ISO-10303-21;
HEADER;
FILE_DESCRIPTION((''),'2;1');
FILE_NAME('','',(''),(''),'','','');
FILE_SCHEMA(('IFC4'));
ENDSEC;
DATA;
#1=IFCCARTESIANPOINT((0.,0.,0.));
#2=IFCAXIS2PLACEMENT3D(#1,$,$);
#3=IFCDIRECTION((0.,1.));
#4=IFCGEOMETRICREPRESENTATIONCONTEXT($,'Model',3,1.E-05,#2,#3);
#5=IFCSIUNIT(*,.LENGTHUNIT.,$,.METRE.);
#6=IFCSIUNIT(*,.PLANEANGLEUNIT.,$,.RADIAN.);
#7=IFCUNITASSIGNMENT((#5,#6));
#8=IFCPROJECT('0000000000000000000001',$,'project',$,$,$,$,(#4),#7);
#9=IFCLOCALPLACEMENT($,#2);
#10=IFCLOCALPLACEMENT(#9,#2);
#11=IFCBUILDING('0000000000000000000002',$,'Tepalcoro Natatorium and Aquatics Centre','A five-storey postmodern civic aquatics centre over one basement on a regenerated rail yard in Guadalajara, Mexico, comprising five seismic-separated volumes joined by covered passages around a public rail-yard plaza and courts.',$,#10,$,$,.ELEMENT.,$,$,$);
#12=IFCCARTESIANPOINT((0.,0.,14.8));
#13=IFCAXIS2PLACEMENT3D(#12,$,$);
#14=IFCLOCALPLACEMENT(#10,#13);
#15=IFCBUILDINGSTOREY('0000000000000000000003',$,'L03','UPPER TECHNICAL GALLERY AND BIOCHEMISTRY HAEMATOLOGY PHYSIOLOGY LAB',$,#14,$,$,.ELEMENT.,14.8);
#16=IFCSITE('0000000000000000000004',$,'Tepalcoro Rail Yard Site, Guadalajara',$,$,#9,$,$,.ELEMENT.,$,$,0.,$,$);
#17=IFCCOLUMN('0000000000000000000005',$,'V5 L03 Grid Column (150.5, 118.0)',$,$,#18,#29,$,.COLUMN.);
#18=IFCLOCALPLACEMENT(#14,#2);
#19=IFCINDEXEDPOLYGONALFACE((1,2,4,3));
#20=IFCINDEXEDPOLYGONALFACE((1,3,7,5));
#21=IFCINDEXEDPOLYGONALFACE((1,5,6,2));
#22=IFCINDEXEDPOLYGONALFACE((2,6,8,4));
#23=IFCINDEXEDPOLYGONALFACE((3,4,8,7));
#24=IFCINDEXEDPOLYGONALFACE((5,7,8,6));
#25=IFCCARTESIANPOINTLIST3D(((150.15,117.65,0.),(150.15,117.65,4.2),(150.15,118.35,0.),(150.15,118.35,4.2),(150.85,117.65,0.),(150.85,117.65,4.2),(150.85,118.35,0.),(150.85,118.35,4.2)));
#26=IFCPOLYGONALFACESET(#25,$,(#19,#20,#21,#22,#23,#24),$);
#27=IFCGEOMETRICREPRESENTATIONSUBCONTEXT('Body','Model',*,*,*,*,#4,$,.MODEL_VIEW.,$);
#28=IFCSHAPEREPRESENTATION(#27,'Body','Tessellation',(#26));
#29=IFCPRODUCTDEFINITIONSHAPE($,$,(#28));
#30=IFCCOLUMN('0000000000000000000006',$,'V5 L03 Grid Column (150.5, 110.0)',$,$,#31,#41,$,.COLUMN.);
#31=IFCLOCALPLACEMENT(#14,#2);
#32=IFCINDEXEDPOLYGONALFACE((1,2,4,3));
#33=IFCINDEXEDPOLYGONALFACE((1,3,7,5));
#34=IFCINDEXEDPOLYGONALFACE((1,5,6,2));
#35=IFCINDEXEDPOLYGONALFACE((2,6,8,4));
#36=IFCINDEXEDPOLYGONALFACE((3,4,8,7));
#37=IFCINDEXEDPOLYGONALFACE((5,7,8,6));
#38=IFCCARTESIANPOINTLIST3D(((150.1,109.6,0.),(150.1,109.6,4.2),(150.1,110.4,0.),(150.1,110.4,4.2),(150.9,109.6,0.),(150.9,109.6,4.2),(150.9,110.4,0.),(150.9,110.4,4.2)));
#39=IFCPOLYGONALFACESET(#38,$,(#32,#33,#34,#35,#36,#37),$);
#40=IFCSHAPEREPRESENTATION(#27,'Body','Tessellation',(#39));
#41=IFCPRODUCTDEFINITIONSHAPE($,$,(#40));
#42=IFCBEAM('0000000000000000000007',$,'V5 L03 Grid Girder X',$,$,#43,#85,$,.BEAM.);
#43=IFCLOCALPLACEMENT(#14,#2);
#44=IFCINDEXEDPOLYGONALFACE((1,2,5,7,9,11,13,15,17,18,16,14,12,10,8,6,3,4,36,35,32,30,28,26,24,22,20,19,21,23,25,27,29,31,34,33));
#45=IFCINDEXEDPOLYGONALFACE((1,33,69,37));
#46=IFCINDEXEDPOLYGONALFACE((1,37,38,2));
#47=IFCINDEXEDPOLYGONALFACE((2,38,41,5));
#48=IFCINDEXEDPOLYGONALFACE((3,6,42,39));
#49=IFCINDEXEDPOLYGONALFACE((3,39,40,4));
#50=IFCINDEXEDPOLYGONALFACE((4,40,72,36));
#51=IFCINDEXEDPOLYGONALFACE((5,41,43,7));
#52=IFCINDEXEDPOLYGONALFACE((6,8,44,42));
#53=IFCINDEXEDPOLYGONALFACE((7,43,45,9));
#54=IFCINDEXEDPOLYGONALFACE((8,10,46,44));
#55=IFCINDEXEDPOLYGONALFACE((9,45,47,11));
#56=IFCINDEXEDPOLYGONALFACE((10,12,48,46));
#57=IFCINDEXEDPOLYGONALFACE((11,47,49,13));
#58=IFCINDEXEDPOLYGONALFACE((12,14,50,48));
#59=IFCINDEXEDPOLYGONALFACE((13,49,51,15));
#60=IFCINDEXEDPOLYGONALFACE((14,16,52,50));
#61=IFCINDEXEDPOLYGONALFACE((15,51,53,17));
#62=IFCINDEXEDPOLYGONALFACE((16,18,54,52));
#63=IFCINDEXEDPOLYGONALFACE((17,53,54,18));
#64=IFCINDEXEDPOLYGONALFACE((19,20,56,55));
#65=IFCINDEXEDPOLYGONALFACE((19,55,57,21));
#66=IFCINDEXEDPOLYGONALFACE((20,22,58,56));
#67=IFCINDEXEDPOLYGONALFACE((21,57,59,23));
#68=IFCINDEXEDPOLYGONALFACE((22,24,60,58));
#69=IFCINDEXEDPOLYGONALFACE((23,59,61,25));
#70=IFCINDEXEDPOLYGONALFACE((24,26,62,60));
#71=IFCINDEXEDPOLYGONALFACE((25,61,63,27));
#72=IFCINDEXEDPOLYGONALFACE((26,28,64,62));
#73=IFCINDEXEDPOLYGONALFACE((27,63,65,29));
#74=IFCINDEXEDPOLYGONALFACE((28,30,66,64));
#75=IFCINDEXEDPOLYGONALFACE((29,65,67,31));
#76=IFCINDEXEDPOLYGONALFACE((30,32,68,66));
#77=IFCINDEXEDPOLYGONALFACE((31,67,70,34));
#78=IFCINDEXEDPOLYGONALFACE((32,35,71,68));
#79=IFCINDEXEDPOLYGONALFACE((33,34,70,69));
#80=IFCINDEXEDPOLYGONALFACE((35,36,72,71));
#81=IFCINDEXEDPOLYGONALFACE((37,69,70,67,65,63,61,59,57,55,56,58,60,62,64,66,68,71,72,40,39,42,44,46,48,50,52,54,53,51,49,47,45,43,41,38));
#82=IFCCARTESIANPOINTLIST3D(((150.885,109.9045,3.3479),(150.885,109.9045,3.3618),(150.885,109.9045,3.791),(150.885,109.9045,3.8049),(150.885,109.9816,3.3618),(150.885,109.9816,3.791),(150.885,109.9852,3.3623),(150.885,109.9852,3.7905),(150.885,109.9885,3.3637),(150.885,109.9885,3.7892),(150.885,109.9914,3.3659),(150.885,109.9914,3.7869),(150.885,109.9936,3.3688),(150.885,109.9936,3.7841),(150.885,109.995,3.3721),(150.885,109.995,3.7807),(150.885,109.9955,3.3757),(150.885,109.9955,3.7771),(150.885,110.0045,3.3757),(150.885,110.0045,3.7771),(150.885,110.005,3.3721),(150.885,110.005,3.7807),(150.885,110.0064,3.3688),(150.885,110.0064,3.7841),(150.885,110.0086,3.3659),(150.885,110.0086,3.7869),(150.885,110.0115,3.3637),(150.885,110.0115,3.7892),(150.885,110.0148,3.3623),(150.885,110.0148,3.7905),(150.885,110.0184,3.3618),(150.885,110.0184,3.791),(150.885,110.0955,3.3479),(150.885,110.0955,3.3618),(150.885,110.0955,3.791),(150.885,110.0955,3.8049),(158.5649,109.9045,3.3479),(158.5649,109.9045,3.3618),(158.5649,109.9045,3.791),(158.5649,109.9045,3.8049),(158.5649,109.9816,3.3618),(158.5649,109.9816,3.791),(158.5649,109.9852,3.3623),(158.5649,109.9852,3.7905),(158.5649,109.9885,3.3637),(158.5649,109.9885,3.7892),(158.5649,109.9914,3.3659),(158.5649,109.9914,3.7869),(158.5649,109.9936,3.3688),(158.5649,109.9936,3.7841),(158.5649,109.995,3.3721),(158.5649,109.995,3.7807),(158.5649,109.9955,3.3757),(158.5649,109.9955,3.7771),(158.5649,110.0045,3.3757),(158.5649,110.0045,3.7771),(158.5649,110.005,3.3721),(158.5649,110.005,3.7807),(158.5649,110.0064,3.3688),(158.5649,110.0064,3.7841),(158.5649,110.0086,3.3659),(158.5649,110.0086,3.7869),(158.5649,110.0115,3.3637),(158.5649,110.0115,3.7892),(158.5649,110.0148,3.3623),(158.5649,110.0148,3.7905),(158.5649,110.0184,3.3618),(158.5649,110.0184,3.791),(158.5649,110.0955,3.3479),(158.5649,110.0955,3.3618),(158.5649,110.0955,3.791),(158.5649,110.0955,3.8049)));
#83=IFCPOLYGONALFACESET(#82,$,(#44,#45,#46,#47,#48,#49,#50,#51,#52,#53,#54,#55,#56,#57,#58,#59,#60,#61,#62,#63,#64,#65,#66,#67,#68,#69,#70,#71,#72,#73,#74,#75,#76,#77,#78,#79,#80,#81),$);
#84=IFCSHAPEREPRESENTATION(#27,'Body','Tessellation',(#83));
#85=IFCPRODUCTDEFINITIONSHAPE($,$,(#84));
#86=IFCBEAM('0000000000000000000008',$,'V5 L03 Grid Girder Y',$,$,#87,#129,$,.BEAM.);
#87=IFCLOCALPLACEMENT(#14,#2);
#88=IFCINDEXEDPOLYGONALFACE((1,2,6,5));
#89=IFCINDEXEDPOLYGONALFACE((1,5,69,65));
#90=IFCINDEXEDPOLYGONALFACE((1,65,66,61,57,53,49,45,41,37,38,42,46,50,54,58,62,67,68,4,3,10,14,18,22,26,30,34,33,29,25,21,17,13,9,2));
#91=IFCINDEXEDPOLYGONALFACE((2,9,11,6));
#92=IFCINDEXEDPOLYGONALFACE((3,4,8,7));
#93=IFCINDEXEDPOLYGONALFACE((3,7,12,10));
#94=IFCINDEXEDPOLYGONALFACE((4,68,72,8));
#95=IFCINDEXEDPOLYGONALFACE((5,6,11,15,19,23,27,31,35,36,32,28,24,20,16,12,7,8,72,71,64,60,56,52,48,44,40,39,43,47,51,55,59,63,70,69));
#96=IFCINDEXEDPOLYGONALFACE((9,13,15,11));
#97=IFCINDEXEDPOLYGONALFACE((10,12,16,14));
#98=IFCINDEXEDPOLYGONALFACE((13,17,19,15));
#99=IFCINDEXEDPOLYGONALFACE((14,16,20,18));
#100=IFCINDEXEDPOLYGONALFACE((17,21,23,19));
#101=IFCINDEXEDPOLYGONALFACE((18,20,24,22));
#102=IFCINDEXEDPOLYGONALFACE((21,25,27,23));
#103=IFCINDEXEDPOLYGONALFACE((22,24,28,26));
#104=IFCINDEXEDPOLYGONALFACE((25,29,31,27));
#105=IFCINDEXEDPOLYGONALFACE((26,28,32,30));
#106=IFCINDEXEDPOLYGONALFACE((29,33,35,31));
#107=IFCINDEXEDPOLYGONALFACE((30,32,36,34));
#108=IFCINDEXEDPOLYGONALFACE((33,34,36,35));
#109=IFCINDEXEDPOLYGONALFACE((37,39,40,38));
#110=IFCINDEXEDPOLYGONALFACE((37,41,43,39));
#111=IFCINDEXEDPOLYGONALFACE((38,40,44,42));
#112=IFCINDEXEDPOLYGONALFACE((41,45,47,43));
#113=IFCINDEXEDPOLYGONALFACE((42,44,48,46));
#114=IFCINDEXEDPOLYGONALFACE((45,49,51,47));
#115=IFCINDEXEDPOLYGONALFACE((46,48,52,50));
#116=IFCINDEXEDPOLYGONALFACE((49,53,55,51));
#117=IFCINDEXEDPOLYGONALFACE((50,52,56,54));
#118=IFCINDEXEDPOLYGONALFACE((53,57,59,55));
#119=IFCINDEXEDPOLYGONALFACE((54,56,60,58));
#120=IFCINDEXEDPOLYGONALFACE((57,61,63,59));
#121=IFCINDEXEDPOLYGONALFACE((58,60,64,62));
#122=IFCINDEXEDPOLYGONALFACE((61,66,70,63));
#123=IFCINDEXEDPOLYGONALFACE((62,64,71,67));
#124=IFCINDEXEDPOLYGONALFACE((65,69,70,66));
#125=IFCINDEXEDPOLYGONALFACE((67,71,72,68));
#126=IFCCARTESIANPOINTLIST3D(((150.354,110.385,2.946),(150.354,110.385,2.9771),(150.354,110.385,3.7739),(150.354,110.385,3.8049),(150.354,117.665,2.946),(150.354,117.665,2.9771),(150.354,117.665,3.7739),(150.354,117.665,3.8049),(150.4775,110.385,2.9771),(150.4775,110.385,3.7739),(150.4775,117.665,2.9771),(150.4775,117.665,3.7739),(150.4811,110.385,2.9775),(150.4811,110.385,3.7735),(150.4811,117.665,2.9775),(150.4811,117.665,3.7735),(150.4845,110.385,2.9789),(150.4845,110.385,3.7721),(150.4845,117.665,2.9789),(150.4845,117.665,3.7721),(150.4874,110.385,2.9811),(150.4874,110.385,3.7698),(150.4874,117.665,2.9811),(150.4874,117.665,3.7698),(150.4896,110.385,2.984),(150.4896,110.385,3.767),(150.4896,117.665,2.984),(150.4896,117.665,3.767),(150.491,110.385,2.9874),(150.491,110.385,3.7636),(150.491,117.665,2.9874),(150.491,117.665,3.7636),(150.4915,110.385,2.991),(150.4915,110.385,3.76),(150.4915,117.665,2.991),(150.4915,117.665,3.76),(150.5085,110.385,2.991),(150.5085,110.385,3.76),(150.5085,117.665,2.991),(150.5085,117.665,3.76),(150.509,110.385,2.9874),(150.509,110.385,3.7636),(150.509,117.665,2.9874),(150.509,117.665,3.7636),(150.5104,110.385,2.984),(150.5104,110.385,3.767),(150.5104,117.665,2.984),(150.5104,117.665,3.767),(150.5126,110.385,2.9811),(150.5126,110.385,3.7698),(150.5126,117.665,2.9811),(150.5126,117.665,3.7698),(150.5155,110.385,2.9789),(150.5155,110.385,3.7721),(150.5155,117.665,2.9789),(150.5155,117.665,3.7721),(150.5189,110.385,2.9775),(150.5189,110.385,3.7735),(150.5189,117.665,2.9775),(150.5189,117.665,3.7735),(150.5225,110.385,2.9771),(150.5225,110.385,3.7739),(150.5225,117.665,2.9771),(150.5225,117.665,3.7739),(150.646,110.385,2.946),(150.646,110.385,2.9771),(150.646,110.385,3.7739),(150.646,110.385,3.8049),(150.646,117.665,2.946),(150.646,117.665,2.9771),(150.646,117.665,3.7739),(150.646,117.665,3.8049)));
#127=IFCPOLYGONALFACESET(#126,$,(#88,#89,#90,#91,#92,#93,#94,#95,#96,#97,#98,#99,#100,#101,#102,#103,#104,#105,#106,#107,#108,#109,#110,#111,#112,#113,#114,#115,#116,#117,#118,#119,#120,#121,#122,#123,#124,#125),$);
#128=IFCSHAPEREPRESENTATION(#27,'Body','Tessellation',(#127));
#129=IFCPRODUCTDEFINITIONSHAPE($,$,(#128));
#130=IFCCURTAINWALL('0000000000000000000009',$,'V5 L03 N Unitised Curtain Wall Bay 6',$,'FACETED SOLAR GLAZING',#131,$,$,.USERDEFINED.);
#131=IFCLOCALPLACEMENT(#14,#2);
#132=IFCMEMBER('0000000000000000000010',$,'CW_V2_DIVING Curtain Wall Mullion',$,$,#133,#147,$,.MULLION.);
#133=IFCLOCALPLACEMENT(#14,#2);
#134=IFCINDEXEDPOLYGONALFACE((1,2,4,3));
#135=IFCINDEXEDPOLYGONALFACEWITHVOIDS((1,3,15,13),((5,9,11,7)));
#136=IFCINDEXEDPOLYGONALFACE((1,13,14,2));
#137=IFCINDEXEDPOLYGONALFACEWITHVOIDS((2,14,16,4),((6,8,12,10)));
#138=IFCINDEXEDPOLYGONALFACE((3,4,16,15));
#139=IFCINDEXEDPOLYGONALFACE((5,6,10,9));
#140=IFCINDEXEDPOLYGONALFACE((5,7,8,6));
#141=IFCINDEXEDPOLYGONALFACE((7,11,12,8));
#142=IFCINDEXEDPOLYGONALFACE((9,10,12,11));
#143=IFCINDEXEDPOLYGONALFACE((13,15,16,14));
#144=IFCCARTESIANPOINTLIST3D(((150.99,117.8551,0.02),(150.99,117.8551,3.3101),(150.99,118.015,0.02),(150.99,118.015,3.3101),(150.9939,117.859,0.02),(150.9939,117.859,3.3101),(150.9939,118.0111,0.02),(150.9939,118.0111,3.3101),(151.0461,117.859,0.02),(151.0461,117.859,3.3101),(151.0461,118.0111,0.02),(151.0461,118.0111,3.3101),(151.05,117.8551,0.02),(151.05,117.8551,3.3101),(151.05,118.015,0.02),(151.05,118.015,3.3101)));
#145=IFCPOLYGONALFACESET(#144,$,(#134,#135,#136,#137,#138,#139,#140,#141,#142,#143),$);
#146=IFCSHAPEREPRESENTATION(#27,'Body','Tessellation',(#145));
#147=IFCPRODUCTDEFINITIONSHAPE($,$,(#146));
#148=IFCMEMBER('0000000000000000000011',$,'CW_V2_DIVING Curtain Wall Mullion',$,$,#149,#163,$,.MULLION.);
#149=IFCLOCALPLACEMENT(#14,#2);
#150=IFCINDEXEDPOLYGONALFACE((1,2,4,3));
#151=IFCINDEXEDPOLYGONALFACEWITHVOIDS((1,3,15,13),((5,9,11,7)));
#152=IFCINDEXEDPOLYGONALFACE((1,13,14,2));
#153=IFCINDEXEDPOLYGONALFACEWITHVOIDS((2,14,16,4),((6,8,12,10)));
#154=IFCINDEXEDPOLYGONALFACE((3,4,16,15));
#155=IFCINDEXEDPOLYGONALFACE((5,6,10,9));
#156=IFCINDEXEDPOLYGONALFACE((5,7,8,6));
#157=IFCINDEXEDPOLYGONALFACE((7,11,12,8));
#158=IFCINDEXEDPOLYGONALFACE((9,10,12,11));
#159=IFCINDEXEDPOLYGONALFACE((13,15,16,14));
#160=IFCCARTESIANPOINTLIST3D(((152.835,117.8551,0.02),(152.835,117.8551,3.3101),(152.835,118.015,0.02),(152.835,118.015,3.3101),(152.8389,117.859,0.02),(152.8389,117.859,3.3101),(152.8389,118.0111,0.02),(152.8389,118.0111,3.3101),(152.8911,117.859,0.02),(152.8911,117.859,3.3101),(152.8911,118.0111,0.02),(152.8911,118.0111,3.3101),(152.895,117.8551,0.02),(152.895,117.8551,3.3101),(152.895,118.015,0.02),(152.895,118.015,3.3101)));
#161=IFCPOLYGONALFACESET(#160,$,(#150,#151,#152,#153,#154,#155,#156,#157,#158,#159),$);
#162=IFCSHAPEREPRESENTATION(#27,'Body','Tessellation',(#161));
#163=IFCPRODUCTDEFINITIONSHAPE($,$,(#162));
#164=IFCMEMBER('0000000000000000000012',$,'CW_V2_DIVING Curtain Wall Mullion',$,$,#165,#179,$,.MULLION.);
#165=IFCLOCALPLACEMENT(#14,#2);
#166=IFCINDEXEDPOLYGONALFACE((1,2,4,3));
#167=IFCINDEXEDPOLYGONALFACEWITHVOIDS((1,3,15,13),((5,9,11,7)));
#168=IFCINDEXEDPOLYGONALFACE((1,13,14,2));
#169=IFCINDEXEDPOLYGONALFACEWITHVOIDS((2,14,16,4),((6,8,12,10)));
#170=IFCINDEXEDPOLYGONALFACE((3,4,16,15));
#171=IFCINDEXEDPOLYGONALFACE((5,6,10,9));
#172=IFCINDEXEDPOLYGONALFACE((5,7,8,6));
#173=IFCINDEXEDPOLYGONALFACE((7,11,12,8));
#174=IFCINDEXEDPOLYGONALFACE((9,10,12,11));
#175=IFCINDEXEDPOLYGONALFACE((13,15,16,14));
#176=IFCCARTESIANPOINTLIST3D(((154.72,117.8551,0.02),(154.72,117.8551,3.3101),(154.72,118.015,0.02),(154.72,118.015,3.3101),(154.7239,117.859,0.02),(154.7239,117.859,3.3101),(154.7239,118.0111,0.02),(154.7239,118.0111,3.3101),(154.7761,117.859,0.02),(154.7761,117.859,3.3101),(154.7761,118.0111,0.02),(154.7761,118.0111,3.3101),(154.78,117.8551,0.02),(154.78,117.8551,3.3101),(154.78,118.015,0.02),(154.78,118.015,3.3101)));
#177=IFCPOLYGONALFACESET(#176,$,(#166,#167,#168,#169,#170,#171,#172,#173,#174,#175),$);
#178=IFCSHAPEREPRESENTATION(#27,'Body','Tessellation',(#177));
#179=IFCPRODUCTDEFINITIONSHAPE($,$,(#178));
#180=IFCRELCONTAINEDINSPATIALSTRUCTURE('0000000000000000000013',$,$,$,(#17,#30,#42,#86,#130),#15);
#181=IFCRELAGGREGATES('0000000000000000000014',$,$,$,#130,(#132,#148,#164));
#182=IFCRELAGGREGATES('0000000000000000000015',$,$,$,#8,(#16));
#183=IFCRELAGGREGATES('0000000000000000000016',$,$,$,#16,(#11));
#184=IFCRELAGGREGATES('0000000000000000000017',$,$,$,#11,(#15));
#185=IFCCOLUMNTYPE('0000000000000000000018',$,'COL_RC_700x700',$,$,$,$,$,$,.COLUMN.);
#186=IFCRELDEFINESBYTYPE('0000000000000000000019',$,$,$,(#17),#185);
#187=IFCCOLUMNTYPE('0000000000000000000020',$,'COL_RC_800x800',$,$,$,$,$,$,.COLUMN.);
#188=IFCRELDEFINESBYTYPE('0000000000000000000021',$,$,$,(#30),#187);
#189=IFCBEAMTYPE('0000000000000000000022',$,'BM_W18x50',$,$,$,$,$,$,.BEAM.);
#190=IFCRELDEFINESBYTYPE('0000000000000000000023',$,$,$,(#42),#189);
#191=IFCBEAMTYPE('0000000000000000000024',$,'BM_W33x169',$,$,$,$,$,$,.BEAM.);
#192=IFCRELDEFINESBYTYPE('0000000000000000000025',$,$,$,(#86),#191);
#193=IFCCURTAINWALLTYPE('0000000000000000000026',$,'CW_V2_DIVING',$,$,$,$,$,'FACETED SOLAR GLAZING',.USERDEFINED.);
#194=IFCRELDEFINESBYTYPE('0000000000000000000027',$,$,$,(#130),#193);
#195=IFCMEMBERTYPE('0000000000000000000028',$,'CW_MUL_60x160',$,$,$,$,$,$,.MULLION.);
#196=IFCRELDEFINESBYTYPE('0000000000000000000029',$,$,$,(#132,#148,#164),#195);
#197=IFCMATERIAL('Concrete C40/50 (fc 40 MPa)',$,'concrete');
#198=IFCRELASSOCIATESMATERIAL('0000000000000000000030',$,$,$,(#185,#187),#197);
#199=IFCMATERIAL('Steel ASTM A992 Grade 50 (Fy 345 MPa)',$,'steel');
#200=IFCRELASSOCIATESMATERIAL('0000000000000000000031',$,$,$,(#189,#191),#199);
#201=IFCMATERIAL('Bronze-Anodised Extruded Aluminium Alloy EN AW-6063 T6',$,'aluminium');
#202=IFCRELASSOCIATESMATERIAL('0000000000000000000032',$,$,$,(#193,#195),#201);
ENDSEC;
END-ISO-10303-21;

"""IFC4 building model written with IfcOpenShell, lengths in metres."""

from ifc_helpers import new_model, si_unit, direction, frame, origin, origin_2d, place, context, subcontext, project, spatial, rectangle, hollow_rectangle, i_section, extrude, material, material_profile, profile_set, type_object, element, aggregate, save


model = new_model("IFC4")

# Units and contexts
model_context = context("Model", 3, precision=1e-05, world=origin(), true_north=direction((0.0, 1.0)))
body_context = subcontext(model_context, "Body", "Model", "MODEL_VIEW")
ifc_project = project(units=[si_unit("LENGTHUNIT", "METRE"), si_unit("PLANEANGLEUNIT", "RADIAN")], contexts=[model_context])

# Site, building, storey
site_placement = place(None, origin())
site = spatial("IfcSite", under=ifc_project, at=site_placement, Name="Tepalcoro Rail Yard Site, Guadalajara", CompositionType="ELEMENT", RefElevation=0.0)
building_placement = place(site_placement, origin())
building = spatial("IfcBuilding", under=site, at=building_placement, Name="Tepalcoro Natatorium and Aquatics Centre", Description="A five-storey postmodern civic aquatics centre over one basement on a regenerated rail yard in Guadalajara, Mexico, comprising five seismic-separated volumes joined by covered passages around a public rail-yard plaza and courts.", CompositionType="ELEMENT")
storey_placement = place(building_placement, frame((0.0, 0.0, 14.8)))
storey = spatial("IfcBuildingStorey", under=building, at=storey_placement, Name="L03", Description="UPPER TECHNICAL GALLERY AND BIOCHEMISTRY HAEMATOLOGY PHYSIOLOGY LAB", CompositionType="ELEMENT", Elevation=14.8)

# Columns
ifc_material_1 = material(Name="Concrete C40/50 (fc 40 MPa)", Category="concrete")
ifc_material_profile_1 = material_profile(ifc_material_1, rectangle(XDim=0.7, YDim=0.7, at=origin_2d()), Name="RC700x700")
ifc_profile_set_1 = profile_set([ifc_material_profile_1], Name="Concrete C40/50 (fc 40 MPa)")
column_type_1 = type_object("IfcColumnType", Name="COL_RC_700x700", PredefinedType="COLUMN", material=ifc_profile_set_1)
column_1_placement = place(storey_placement, frame((150.5, 118.0, 0.0), z_axis=(0.0, 0.0, 1.0), x_axis=(1.0, 0.0, 0.0)))
element("IfcColumn", 1, at=column_1_placement, inside=storey, type_object=column_type_1, Name="V5 L03 Grid Column (150.5, 118.0)", PredefinedType="COLUMN", context=body_context, shape_type="SweptSolid", body=[
    extrude(rectangle(XDim=0.7, YDim=0.7, at=origin_2d()), origin(), (0.0, 0.0, 1.0), 4.2),
])
ifc_material_profile_2 = material_profile(ifc_material_1, rectangle(XDim=0.8, YDim=0.8, at=origin_2d()), Name="RC800x800")
ifc_profile_set_2 = profile_set([ifc_material_profile_2], Name="Concrete C40/50 (fc 40 MPa)")
column_type_2 = type_object("IfcColumnType", Name="COL_RC_800x800", PredefinedType="COLUMN", material=ifc_profile_set_2)
column_2_placement = place(storey_placement, frame((150.5, 110.0, 0.0), z_axis=(0.0, 0.0, 1.0), x_axis=(1.0, 0.0, 0.0)))
element("IfcColumn", 2, at=column_2_placement, inside=storey, type_object=column_type_2, Name="V5 L03 Grid Column (150.5, 110.0)", PredefinedType="COLUMN", context=body_context, shape_type="SweptSolid", body=[
    extrude(rectangle(XDim=0.8, YDim=0.8, at=origin_2d()), origin(), (0.0, 0.0, 1.0), 4.2),
])

# Beams
ifc_material_2 = material(Name="Steel ASTM A992 Grade 50 (Fy 345 MPa)", Category="steel")
ifc_material_profile_3 = material_profile(ifc_material_2, i_section(OverallWidth=0.1909, OverallDepth=0.457, WebThickness=0.009, FlangeThickness=0.0139, FilletRadius=0.0139, at=origin_2d()), Name="W18X50")
ifc_profile_set_3 = profile_set([ifc_material_profile_3], Name="Steel ASTM A992 Grade 50 (Fy 345 MPa)")
beam_type_1 = type_object("IfcBeamType", Name="BM_W18x50", PredefinedType="BEAM", material=ifc_profile_set_3)
beam_1_placement = place(storey_placement, frame((150.885, 110.0, 3.5764), z_axis=(1.0, 0.0, 0.0), x_axis=(0.0, 1.0, 0.0)))
element("IfcBeam", 3, at=beam_1_placement, inside=storey, type_object=beam_type_1, Name="V5 L03 Grid Girder X", PredefinedType="BEAM", context=body_context, shape_type="SweptSolid", body=[
    extrude(i_section(OverallWidth=0.1909, OverallDepth=0.457, WebThickness=0.009, FlangeThickness=0.0139, FilletRadius=0.0139, at=origin_2d()), origin(), (0.0, 0.0, 1.0), 7.6799),
])
ifc_material_profile_4 = material_profile(ifc_material_2, i_section(OverallWidth=0.292, OverallDepth=0.8589, WebThickness=0.0171, FlangeThickness=0.031, FilletRadius=0.0139, at=origin_2d()), Name="W33X169")
ifc_profile_set_4 = profile_set([ifc_material_profile_4], Name="Steel ASTM A992 Grade 50 (Fy 345 MPa)")
beam_type_2 = type_object("IfcBeamType", Name="BM_W33x169", PredefinedType="BEAM", material=ifc_profile_set_4)
beam_2_placement = place(storey_placement, frame((150.5, 110.385, 3.3755), z_axis=(0.0, 1.0, 0.0), x_axis=(-1.0, 0.0, 0.0)))
element("IfcBeam", 4, at=beam_2_placement, inside=storey, type_object=beam_type_2, Name="V5 L03 Grid Girder Y", PredefinedType="BEAM", context=body_context, shape_type="SweptSolid", body=[
    extrude(i_section(OverallWidth=0.292, OverallDepth=0.8589, WebThickness=0.0171, FlangeThickness=0.031, FilletRadius=0.0139, at=origin_2d()), origin(), (0.0, 0.0, 1.0), 7.28),
])

# Curtain wall, members
ifc_material_3 = material(Name="Bronze-Anodised Extruded Aluminium Alloy EN AW-6063 T6", Category="aluminium")
curtain_wall_type = type_object("IfcCurtainWallType", Name="CW_V2_DIVING", ElementType="FACETED SOLAR GLAZING", PredefinedType="USERDEFINED", material=ifc_material_3)
curtain_wall_placement = place(storey_placement, origin())
curtain_wall = element("IfcCurtainWall", 5, at=curtain_wall_placement, inside=storey, type_object=curtain_wall_type, Name="V5 L03 N Unitised Curtain Wall Bay 6", ObjectType="FACETED SOLAR GLAZING", PredefinedType="USERDEFINED")
ifc_material_profile_5 = material_profile(ifc_material_3, hollow_rectangle(XDim=0.0601, YDim=0.1599, WallThickness=0.0039, at=origin_2d()), Name="AL60X160X4")
ifc_profile_set_5 = profile_set([ifc_material_profile_5], Name="Bronze-Anodised Extruded Aluminium Alloy EN AW-6063 T6")
member_type_1 = type_object("IfcMemberType", Name="CW_MUL_60x160", PredefinedType="MULLION", material=ifc_profile_set_5)
member_1_placement = place(storey_placement, frame((151.02, 117.9351, 0.02), z_axis=(0.0, 0.0, 1.0), x_axis=(1.0, 0.0, 0.0)))
member_1 = element("IfcMember", 6, at=member_1_placement, type_object=member_type_1, Name="CW_V2_DIVING Curtain Wall Mullion", PredefinedType="MULLION", context=body_context, shape_type="SweptSolid", body=[
    extrude(hollow_rectangle(XDim=0.0601, YDim=0.1599, WallThickness=0.0039, at=origin_2d()), origin(), (0.0, 0.0, 1.0), 3.29),
])
member_2_placement = place(storey_placement, frame((152.865, 117.9351, 0.02), z_axis=(0.0, 0.0, 1.0), x_axis=(1.0, 0.0, 0.0)))
member_2 = element("IfcMember", 7, at=member_2_placement, type_object=member_type_1, Name="CW_V2_DIVING Curtain Wall Mullion", PredefinedType="MULLION", context=body_context, shape_type="SweptSolid", body=[
    extrude(hollow_rectangle(XDim=0.0601, YDim=0.1599, WallThickness=0.0039, at=origin_2d()), origin(), (0.0, 0.0, 1.0), 3.29),
])
member_3_placement = place(storey_placement, frame((154.75, 117.9351, 0.02), z_axis=(0.0, 0.0, 1.0), x_axis=(1.0, 0.0, 0.0)))
member_3 = element("IfcMember", 8, at=member_3_placement, type_object=member_type_1, Name="CW_V2_DIVING Curtain Wall Mullion", PredefinedType="MULLION", context=body_context, shape_type="SweptSolid", body=[
    extrude(hollow_rectangle(XDim=0.0601, YDim=0.1599, WallThickness=0.0039, at=origin_2d()), origin(), (0.0, 0.0, 1.0), 3.29),
])

aggregate(curtain_wall, [member_1, member_2, member_3])

save(model, "model.ifc")
